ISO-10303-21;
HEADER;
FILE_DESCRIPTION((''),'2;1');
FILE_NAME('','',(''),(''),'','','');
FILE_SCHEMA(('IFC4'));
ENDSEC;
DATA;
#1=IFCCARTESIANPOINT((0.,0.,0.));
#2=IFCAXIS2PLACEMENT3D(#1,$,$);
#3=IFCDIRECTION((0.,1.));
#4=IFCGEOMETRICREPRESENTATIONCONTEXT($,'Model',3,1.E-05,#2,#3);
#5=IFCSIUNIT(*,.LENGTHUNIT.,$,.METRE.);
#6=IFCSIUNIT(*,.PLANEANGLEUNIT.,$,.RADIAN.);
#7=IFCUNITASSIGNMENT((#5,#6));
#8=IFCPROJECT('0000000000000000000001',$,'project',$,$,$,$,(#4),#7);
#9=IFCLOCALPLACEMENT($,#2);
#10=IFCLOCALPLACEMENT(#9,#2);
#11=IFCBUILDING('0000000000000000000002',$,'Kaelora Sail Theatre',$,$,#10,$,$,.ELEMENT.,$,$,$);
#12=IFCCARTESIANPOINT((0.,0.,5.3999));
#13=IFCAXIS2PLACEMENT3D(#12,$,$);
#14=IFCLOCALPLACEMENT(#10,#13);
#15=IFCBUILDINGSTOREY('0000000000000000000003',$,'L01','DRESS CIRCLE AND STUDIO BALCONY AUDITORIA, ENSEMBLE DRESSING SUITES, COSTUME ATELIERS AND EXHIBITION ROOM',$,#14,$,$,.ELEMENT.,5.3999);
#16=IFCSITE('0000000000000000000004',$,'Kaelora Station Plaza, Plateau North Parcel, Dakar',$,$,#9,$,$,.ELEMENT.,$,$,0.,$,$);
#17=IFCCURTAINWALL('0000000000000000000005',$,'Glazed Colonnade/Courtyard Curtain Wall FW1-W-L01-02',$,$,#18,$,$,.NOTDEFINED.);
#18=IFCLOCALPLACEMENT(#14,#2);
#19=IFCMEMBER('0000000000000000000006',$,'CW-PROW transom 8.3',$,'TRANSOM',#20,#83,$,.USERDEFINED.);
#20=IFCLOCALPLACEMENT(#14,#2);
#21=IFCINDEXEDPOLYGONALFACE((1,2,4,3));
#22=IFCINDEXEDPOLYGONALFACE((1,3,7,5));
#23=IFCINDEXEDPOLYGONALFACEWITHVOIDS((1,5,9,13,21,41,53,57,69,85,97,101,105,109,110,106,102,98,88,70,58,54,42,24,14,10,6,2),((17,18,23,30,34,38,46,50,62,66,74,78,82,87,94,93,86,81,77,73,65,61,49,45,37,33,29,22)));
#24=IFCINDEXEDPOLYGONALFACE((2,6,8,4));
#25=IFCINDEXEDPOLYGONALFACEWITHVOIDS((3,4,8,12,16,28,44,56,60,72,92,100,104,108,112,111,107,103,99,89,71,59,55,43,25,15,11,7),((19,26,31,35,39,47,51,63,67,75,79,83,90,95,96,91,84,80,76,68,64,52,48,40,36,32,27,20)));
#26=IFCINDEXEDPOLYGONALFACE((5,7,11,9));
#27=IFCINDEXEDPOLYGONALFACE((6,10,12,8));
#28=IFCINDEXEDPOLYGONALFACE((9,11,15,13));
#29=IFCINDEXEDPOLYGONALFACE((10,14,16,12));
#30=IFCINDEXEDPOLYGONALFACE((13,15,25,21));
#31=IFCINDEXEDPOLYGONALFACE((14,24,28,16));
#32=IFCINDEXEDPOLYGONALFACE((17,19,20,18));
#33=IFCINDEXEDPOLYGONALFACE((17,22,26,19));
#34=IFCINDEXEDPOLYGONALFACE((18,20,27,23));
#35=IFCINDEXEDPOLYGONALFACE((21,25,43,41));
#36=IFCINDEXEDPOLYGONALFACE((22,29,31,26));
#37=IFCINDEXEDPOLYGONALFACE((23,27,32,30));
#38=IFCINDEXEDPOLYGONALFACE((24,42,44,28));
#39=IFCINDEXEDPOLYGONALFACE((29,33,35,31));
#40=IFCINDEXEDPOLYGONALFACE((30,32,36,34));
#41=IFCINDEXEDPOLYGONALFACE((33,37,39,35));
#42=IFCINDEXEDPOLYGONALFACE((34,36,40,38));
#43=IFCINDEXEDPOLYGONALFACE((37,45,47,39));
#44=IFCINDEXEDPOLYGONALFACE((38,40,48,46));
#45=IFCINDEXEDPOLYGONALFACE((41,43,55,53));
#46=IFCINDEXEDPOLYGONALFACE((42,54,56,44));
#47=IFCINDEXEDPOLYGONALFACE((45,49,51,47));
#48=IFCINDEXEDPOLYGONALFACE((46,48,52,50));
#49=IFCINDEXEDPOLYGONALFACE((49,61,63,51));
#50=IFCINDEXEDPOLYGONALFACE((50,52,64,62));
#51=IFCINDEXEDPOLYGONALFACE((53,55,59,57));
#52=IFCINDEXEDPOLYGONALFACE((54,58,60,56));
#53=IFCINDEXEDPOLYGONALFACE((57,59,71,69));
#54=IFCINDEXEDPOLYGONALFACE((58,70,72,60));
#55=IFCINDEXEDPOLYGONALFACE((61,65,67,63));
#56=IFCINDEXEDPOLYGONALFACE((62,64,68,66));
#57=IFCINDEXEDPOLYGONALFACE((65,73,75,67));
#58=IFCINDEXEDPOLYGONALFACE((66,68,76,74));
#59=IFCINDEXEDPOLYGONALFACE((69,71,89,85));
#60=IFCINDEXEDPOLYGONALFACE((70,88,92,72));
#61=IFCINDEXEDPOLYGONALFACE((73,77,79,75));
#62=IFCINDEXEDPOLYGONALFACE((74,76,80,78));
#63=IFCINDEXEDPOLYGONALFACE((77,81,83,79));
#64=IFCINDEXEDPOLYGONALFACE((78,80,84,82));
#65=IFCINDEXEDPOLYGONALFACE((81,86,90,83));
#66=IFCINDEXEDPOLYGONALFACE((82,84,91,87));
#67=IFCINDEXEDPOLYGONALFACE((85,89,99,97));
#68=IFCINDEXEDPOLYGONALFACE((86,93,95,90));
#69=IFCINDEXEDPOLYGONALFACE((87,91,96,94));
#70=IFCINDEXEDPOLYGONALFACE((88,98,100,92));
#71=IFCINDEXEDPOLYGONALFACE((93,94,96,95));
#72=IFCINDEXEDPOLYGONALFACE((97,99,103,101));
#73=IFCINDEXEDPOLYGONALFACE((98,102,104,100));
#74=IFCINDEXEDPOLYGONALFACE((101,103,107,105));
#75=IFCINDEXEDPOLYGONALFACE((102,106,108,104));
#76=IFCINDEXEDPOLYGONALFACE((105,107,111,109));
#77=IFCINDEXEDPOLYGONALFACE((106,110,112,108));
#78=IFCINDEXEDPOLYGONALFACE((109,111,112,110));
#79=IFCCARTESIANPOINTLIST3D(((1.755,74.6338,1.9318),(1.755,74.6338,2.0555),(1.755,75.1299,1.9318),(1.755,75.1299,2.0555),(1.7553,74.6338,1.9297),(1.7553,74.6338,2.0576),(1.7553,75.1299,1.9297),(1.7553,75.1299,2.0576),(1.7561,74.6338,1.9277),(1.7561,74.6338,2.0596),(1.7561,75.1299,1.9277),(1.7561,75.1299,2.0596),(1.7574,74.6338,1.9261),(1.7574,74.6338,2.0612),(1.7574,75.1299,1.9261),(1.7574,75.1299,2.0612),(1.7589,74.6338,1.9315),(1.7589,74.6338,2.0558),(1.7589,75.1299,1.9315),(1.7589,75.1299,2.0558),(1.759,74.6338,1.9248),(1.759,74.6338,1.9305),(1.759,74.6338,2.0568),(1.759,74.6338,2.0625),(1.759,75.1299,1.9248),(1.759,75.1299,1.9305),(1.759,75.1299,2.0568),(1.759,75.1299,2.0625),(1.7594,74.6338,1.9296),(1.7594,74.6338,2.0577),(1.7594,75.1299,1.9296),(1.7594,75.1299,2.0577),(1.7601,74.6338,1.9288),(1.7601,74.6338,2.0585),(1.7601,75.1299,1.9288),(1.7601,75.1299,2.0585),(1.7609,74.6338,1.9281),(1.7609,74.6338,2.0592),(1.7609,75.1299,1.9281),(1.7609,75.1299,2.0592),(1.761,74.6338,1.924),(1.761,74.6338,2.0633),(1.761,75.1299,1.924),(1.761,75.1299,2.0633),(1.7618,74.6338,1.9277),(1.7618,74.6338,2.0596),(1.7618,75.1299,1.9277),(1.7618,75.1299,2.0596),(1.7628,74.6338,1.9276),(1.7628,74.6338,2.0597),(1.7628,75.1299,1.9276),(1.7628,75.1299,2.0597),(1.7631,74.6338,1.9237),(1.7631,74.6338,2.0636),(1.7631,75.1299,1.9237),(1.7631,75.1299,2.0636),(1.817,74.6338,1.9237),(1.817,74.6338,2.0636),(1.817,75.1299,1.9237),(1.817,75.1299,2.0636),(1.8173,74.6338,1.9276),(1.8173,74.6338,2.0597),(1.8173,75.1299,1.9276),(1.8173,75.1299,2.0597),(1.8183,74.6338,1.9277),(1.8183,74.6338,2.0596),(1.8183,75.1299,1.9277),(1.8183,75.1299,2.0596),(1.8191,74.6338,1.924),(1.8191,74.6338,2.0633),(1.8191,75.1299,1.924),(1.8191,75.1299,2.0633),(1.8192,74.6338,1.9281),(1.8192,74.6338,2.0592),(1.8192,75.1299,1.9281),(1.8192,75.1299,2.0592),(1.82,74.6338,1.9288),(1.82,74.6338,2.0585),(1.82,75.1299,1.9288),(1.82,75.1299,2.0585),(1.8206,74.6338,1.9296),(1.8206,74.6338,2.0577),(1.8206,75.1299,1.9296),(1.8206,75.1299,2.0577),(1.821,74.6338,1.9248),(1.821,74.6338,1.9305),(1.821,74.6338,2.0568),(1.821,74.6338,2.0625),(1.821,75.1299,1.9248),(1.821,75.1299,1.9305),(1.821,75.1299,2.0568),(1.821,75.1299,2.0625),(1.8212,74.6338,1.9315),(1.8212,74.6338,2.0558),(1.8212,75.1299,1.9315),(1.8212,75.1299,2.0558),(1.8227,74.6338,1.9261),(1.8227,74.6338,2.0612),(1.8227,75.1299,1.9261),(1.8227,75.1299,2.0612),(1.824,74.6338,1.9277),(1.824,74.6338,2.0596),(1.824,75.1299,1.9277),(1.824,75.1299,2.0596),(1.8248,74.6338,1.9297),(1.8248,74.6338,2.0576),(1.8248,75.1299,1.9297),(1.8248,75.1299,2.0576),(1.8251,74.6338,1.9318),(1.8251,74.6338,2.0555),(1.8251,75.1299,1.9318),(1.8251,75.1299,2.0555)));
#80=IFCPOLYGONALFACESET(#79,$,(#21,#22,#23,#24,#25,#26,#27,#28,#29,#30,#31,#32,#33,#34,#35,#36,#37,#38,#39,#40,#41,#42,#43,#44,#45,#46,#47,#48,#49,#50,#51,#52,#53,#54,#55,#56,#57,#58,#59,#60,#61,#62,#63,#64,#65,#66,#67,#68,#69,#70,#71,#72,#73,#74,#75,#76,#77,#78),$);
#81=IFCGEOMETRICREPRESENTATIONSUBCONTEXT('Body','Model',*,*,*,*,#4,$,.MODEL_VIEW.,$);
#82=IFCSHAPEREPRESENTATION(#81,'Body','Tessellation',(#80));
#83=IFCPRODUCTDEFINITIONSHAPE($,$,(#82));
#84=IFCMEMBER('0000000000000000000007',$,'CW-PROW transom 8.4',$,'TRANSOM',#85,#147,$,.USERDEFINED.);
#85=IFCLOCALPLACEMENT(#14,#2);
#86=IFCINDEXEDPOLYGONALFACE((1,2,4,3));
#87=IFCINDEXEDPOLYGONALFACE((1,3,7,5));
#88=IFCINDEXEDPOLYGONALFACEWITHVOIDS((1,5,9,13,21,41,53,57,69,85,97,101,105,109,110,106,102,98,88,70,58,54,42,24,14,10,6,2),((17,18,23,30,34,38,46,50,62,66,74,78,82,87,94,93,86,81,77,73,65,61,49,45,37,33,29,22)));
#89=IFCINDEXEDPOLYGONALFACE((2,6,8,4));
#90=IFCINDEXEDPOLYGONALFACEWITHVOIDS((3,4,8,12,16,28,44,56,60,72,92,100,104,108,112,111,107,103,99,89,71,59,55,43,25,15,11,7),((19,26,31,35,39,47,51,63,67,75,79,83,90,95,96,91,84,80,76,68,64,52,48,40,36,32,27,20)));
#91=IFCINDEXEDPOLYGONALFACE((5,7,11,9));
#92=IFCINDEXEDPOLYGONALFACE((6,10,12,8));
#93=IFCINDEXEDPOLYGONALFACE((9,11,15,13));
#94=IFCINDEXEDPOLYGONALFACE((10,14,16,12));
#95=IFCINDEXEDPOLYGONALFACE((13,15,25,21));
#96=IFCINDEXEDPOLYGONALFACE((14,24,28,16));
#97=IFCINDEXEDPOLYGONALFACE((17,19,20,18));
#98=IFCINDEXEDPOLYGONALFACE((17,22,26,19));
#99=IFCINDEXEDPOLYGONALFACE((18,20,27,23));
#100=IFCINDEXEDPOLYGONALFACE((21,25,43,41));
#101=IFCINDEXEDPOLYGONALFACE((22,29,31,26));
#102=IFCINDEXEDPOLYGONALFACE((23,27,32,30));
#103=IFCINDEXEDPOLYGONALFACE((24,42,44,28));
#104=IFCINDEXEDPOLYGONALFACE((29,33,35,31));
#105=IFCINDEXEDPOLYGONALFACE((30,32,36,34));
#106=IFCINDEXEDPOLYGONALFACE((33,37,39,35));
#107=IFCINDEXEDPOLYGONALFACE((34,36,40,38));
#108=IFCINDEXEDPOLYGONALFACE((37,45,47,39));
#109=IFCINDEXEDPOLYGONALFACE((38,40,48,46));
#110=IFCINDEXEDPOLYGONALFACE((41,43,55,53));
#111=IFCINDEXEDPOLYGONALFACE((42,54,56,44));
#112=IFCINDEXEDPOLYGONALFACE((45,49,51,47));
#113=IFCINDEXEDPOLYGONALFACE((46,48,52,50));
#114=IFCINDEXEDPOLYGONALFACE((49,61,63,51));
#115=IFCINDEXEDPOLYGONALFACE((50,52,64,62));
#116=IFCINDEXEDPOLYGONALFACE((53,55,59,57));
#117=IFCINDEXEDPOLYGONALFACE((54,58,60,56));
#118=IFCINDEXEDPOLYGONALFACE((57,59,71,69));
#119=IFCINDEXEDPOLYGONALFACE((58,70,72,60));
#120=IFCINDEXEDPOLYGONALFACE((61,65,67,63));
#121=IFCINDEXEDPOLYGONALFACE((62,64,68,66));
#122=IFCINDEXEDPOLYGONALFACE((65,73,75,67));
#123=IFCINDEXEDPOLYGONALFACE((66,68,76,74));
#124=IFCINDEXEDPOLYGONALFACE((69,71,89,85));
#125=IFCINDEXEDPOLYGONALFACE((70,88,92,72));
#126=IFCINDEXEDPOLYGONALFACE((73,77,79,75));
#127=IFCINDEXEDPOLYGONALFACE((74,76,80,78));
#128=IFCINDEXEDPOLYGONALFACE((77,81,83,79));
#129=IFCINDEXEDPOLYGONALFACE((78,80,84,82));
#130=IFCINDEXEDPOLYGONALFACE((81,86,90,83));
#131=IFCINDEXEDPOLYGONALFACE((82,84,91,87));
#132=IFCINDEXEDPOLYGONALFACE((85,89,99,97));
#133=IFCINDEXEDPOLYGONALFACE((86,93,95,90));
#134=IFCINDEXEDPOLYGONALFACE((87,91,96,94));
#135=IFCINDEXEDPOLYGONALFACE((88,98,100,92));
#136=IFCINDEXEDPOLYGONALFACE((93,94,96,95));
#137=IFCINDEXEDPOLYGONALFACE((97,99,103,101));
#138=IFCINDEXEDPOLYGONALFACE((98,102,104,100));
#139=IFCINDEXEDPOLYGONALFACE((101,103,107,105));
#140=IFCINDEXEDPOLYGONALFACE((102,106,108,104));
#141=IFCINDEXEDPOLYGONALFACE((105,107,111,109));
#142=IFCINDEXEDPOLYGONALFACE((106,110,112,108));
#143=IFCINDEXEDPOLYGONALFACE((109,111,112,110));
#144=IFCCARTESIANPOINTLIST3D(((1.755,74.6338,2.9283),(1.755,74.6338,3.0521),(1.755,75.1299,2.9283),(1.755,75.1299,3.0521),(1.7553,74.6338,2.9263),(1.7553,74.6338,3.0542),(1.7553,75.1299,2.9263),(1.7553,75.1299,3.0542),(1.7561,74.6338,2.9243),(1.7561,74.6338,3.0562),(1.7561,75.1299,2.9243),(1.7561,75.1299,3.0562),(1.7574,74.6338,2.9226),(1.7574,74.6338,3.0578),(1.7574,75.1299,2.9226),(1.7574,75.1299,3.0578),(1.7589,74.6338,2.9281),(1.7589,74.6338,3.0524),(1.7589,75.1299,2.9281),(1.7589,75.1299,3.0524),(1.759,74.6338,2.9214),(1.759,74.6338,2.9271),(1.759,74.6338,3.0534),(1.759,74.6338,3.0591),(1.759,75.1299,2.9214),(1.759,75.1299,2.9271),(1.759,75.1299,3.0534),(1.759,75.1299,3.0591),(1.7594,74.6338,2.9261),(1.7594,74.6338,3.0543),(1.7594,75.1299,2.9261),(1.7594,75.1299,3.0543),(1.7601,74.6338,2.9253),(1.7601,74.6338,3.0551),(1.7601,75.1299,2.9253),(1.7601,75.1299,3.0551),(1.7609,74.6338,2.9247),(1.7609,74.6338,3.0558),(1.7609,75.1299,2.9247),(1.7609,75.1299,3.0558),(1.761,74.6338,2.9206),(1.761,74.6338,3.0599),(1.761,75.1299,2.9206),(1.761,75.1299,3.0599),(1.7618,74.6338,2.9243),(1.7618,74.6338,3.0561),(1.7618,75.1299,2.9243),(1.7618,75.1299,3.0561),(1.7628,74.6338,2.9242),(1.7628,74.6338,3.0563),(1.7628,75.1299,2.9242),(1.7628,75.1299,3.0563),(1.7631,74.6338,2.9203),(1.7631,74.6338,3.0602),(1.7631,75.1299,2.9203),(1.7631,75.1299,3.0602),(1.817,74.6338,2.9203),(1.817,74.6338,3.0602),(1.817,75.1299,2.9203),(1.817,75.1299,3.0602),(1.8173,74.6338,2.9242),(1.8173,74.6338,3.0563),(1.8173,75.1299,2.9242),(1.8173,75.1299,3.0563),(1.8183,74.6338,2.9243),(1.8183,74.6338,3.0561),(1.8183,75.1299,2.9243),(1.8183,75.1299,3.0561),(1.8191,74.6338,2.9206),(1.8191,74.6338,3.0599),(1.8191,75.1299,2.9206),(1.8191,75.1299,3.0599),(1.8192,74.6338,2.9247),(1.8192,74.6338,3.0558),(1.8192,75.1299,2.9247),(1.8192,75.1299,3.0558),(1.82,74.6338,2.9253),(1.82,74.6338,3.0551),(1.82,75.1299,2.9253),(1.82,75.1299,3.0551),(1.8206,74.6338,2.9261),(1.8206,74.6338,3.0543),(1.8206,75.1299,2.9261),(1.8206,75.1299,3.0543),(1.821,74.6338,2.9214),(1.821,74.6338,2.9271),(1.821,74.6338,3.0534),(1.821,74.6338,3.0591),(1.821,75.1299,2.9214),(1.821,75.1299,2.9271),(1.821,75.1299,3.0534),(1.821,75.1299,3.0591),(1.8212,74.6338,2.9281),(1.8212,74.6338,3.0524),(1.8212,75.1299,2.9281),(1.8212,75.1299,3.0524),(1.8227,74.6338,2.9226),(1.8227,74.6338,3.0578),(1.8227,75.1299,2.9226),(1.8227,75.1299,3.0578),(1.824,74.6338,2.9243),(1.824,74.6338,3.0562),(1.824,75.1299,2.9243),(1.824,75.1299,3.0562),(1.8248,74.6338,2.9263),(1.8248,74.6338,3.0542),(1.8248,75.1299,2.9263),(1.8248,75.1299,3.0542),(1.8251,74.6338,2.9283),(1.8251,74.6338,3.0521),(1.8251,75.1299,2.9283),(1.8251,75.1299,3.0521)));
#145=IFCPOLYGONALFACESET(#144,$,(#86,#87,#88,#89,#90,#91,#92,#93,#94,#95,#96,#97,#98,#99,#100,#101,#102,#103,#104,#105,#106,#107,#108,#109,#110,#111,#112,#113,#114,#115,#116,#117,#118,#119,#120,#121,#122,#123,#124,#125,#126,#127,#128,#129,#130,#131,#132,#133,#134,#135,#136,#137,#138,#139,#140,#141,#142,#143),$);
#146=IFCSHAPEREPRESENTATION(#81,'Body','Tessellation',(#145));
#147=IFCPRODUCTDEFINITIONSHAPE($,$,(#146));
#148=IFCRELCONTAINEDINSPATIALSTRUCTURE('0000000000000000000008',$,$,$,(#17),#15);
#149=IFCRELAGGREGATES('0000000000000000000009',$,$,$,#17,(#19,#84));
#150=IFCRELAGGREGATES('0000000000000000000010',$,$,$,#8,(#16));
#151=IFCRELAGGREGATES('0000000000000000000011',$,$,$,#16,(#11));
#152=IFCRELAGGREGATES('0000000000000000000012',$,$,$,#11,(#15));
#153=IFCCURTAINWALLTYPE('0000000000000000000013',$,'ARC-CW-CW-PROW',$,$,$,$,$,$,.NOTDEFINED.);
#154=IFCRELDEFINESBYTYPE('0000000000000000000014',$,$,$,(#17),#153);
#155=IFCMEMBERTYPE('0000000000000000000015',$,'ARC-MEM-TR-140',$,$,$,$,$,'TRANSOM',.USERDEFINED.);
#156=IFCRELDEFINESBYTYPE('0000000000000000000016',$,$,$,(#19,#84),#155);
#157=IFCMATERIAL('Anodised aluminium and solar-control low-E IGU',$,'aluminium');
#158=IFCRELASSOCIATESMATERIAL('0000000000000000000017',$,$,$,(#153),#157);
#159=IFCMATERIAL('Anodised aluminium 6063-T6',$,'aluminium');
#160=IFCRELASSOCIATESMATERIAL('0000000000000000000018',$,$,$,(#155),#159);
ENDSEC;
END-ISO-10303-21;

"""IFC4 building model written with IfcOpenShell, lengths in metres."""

from ifc_helpers import new_model, si_unit, direction, frame, origin, origin_2d, place, context, subcontext, project, spatial, hollow_rectangle, extrude, material, material_profile, profile_set, type_object, element, aggregate, save


model = new_model("IFC4")

# Units and contexts
model_context = context("Model", 3, precision=1e-05, world=origin(), true_north=direction((0.0, 1.0)))
body_context = subcontext(model_context, "Body", "Model", "MODEL_VIEW")
ifc_project = project(units=[si_unit("LENGTHUNIT", "METRE"), si_unit("PLANEANGLEUNIT", "RADIAN")], contexts=[model_context])

# Site, building, storey
site_placement = place(None, origin())
site = spatial("IfcSite", under=ifc_project, at=site_placement, Name="Kaelora Station Plaza, Plateau North Parcel, Dakar", CompositionType="ELEMENT", RefElevation=0.0)
building_placement = place(site_placement, origin())
building = spatial("IfcBuilding", under=site, at=building_placement, Name="Kaelora Sail Theatre", CompositionType="ELEMENT")
storey_placement = place(building_placement, frame((0.0, 0.0, 5.3999)))
storey = spatial("IfcBuildingStorey", under=building, at=storey_placement, Name="L01", Description="DRESS CIRCLE AND STUDIO BALCONY AUDITORIA, ENSEMBLE DRESSING SUITES, COSTUME ATELIERS AND EXHIBITION ROOM", CompositionType="ELEMENT", Elevation=5.3999)

# Curtain wall, members
ifc_material_1 = material(Name="Anodised aluminium and solar-control low-E IGU", Category="aluminium")
curtain_wall_type = type_object("IfcCurtainWallType", Name="ARC-CW-CW-PROW", PredefinedType="NOTDEFINED", material=ifc_material_1)
curtain_wall_placement = place(storey_placement, origin())
curtain_wall = element("IfcCurtainWall", 1, at=curtain_wall_placement, inside=storey, type_object=curtain_wall_type, Name="Glazed Colonnade/Courtyard Curtain Wall FW1-W-L01-02", PredefinedType="NOTDEFINED")
ifc_material_2 = material(Name="Anodised aluminium 6063-T6", Category="aluminium")
ifc_material_profile_1 = material_profile(ifc_material_2, hollow_rectangle(XDim=0.0701, YDim=0.1399, WallThickness=0.0039, InnerFilletRadius=0.0039, OuterFilletRadius=0.0081, at=origin_2d()), Name="ALU-TRAN 70x140x4")
ifc_profile_set_1 = profile_set([ifc_material_profile_1], Name="Anodised aluminium 6063-T6")
member_type_1 = type_object("IfcMemberType", Name="ARC-MEM-TR-140", ElementType="TRANSOM", PredefinedType="USERDEFINED", material=ifc_profile_set_1)
member_1_placement = place(storey_placement, frame((1.79, 74.6338, 1.9937), z_axis=(0.0, 1.0, 0.0), x_axis=(-1.0, 0.0, 0.0)))
member_1 = element("IfcMember", 2, at=member_1_placement, type_object=member_type_1, Name="CW-PROW transom 8.3", ObjectType="TRANSOM", PredefinedType="USERDEFINED", context=body_context, shape_type="SweptSolid", body=[
    extrude(hollow_rectangle(XDim=0.0701, YDim=0.1399, WallThickness=0.0039, InnerFilletRadius=0.0039, OuterFilletRadius=0.0081, at=origin_2d()), origin(), (0.0, 0.0, 1.0), 0.4961),
])
member_2_placement = place(storey_placement, frame((1.79, 74.6338, 2.9902), z_axis=(0.0, 1.0, 0.0), x_axis=(-1.0, 0.0, 0.0)))
member_2 = element("IfcMember", 3, at=member_2_placement, type_object=member_type_1, Name="CW-PROW transom 8.4", ObjectType="TRANSOM", PredefinedType="USERDEFINED", context=body_context, shape_type="SweptSolid", body=[
    extrude(hollow_rectangle(XDim=0.0701, YDim=0.1399, WallThickness=0.0039, InnerFilletRadius=0.0039, OuterFilletRadius=0.0081, at=origin_2d()), origin(), (0.0, 0.0, 1.0), 0.4961),
])
aggregate(curtain_wall, [member_1, member_2])

save(model, "model.ifc")
